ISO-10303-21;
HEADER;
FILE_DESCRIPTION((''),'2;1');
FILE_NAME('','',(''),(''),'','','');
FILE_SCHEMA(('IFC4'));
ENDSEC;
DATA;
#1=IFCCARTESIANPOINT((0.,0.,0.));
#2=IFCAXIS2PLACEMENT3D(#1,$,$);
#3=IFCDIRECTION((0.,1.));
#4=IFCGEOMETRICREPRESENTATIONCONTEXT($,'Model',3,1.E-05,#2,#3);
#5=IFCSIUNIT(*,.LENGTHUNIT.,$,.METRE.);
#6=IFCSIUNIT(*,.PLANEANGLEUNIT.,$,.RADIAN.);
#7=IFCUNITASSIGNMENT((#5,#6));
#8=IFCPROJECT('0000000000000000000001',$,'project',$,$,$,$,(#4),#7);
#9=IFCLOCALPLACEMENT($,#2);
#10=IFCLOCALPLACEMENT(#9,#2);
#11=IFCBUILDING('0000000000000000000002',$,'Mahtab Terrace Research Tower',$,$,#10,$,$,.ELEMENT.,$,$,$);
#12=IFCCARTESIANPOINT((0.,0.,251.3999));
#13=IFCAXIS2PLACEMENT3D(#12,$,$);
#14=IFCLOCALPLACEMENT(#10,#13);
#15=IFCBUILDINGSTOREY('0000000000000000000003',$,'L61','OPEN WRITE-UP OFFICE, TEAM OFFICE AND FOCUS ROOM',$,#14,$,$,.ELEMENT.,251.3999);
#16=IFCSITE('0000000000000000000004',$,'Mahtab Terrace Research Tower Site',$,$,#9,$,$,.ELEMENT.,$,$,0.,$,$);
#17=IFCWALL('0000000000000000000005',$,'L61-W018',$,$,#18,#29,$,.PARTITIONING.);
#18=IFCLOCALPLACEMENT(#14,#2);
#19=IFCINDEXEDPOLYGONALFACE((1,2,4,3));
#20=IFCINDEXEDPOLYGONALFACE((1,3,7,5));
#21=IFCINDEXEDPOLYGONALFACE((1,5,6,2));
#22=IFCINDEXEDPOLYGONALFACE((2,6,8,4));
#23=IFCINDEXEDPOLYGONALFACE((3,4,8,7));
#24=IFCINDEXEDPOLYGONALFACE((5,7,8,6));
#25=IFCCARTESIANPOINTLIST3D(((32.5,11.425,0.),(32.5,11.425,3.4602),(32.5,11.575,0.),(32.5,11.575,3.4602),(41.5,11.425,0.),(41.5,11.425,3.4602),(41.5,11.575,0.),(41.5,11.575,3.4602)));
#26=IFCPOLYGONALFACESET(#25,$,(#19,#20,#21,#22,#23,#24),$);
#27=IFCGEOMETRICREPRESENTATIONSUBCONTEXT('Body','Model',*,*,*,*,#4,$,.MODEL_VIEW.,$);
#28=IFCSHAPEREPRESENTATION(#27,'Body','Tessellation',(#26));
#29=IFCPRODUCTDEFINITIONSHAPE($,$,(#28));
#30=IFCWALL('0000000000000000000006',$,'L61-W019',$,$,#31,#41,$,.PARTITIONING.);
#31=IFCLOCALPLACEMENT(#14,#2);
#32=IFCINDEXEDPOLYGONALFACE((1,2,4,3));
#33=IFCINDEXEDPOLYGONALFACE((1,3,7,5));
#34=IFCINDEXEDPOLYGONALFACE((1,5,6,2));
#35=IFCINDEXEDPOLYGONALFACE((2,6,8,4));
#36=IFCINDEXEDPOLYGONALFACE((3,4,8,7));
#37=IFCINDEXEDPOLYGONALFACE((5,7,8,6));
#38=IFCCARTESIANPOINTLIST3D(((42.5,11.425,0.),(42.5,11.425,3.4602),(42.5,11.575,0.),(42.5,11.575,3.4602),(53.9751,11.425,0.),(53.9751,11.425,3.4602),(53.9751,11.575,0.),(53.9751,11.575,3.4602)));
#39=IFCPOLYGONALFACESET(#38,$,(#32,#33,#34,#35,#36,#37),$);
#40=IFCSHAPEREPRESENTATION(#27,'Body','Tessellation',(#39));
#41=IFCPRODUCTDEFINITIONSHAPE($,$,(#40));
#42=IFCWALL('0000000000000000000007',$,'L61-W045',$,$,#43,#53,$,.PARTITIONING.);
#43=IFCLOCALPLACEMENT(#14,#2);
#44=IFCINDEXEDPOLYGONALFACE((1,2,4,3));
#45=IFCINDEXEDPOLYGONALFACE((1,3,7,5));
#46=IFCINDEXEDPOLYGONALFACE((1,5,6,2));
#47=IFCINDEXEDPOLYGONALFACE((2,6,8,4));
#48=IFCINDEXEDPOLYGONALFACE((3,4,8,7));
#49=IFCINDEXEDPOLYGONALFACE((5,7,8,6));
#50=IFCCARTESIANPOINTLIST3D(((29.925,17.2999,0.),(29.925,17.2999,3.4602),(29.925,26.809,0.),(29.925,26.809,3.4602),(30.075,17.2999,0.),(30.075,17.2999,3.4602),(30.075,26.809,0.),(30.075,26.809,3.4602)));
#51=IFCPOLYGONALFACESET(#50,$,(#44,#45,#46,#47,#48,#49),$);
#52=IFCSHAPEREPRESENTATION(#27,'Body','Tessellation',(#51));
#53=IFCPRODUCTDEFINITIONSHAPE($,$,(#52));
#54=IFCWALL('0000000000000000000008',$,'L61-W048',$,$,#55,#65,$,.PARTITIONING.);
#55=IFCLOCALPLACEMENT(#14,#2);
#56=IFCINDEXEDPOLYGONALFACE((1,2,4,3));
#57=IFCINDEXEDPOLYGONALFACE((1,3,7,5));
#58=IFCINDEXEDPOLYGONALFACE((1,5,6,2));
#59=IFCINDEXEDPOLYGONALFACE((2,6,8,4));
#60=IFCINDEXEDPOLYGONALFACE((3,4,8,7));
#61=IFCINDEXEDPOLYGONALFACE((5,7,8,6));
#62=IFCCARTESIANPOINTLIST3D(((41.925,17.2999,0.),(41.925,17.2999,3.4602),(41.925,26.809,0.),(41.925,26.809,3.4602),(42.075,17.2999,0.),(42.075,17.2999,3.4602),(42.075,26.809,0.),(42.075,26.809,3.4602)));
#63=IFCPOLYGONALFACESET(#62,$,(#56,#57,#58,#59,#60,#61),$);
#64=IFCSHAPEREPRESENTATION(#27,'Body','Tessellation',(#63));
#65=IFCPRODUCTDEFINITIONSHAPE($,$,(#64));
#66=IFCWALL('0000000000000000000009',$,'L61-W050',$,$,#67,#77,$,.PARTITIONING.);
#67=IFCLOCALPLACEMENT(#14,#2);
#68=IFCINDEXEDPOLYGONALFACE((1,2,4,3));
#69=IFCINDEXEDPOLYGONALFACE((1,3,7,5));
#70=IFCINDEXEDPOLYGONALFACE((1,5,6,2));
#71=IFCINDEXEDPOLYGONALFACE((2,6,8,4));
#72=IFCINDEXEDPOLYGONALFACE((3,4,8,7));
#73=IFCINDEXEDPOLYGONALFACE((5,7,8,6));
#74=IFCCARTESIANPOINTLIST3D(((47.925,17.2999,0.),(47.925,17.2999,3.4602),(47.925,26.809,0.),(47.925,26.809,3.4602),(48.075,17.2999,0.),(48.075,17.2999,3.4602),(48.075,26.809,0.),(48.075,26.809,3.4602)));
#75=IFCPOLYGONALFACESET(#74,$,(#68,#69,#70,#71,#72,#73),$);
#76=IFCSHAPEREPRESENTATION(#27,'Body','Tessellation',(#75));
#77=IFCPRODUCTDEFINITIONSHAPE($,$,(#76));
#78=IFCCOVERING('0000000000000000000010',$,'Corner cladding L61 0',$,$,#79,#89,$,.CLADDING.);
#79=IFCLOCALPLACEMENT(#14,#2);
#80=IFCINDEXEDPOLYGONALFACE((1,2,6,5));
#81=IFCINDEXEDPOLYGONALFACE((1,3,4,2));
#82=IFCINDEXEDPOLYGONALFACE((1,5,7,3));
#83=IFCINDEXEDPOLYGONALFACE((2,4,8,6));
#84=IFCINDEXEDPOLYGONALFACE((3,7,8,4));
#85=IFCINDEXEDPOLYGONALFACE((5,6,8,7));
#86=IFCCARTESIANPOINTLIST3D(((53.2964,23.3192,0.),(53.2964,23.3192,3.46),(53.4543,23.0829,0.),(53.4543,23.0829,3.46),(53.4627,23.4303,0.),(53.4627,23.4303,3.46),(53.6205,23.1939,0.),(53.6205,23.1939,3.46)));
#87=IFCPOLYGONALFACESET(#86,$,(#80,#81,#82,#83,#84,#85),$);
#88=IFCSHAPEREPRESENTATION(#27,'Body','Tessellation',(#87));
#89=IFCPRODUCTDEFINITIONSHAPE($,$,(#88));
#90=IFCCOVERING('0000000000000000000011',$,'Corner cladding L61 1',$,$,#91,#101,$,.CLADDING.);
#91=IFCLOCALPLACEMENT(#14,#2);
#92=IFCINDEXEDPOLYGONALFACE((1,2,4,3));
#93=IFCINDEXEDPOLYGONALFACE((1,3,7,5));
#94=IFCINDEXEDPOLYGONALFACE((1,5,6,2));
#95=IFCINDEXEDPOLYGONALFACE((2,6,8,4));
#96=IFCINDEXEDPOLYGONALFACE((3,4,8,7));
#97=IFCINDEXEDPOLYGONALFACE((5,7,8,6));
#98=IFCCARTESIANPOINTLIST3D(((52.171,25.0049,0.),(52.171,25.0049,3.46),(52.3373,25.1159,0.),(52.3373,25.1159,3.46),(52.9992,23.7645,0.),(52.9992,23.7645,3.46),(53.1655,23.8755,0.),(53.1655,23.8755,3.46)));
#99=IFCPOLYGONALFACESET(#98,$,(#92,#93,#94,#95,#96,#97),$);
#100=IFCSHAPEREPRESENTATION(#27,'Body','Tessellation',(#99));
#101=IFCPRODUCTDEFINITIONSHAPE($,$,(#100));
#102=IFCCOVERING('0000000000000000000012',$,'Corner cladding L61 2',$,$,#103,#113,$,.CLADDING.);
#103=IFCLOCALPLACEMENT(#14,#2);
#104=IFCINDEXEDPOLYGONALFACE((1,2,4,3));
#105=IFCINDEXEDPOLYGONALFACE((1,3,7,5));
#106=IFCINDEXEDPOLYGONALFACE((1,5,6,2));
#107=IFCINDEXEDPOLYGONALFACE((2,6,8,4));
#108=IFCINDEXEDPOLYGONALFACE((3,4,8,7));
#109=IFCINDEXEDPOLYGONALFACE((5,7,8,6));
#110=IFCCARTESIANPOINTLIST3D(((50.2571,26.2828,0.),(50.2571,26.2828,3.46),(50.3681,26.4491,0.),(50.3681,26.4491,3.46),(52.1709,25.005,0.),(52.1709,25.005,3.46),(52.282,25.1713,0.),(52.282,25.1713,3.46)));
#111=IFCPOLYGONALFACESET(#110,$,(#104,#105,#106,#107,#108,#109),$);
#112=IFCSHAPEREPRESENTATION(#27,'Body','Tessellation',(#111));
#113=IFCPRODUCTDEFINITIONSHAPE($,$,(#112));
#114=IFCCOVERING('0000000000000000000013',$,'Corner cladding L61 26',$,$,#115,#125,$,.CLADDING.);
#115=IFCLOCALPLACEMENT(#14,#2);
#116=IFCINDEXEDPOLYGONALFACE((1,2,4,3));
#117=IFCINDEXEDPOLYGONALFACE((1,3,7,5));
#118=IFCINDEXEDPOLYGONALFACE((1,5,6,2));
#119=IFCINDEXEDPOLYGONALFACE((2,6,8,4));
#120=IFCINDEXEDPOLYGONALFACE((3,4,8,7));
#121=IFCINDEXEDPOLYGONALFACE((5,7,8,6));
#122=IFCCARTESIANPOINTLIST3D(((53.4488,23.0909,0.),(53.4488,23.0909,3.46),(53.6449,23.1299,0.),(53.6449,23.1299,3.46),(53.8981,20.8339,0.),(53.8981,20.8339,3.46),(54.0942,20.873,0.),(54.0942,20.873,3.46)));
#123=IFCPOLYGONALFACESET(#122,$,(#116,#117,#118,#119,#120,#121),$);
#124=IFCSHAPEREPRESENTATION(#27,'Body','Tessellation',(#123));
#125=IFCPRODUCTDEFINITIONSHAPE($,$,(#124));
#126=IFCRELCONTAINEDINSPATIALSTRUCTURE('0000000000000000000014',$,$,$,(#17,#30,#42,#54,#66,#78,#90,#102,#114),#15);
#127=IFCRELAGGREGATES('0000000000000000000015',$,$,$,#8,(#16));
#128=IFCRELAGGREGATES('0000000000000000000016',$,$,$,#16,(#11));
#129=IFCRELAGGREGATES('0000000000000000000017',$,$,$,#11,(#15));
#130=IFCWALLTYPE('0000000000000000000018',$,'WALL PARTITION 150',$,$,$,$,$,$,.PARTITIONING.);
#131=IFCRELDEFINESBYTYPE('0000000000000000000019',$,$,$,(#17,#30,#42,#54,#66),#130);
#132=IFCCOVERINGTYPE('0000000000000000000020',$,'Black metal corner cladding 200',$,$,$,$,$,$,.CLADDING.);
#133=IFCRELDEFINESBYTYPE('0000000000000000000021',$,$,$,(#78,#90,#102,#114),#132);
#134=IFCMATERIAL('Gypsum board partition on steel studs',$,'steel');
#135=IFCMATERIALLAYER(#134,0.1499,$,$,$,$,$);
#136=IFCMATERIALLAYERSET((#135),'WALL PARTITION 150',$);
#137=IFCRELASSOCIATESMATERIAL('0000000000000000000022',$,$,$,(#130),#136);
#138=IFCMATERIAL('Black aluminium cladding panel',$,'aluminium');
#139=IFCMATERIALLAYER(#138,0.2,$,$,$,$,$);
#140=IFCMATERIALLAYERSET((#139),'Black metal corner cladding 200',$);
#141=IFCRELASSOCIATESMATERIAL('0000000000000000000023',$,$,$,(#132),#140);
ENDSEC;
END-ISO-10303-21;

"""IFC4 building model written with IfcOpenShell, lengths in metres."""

from ifc_helpers import new_model, si_unit, direction, frame, frame_2d, origin, origin_2d, place, context, subcontext, project, spatial, rectangle, extrude, material, layer, layer_set, type_object, element, save


model = new_model("IFC4")

# Units and contexts
model_context = context("Model", 3, precision=1e-05, world=origin(), true_north=direction((0.0, 1.0)))
body_context = subcontext(model_context, "Body", "Model", "MODEL_VIEW")
ifc_project = project(units=[si_unit("LENGTHUNIT", "METRE"), si_unit("PLANEANGLEUNIT", "RADIAN")], contexts=[model_context])

# Site, building, storey
site_placement = place(None, origin())
site = spatial("IfcSite", under=ifc_project, at=site_placement, Name="Mahtab Terrace Research Tower Site", CompositionType="ELEMENT", RefElevation=0.0)
building_placement = place(site_placement, origin())
building = spatial("IfcBuilding", under=site, at=building_placement, Name="Mahtab Terrace Research Tower", CompositionType="ELEMENT")
storey_placement = place(building_placement, frame((0.0, 0.0, 251.3999)))
storey = spatial("IfcBuildingStorey", under=building, at=storey_placement, Name="L61", Description="OPEN WRITE-UP OFFICE, TEAM OFFICE AND FOCUS ROOM", CompositionType="ELEMENT", Elevation=251.3999)

# Walls
ifc_material_1 = material(Name="Gypsum board partition on steel studs", Category="steel")
ifc_layer_1 = layer(ifc_material_1, 0.1499)
ifc_layer_set_1 = layer_set([ifc_layer_1], Name="WALL PARTITION 150")
wall_type_1 = type_object("IfcWallType", Name="WALL PARTITION 150", PredefinedType="PARTITIONING", material=ifc_layer_set_1)
wall_1_placement = place(storey_placement, frame((32.5, 11.5, 0.0), z_axis=(0.0, 0.0, 1.0), x_axis=(1.0, 0.0, 0.0)))
element("IfcWall", 1, at=wall_1_placement, inside=storey, type_object=wall_type_1, Name="L61-W018", PredefinedType="PARTITIONING", context=body_context, shape_type="SweptSolid", body=[
    extrude(rectangle(XDim=9.0, YDim=0.1499, at=frame_2d((4.5, 0.0))), origin(), (0.0, 0.0, 1.0), 3.4602),
])
wall_2_placement = place(storey_placement, frame((42.5, 11.5, 0.0), z_axis=(0.0, 0.0, 1.0), x_axis=(1.0, 0.0, 0.0)))
element("IfcWall", 2, at=wall_2_placement, inside=storey, type_object=wall_type_1, Name="L61-W019", PredefinedType="PARTITIONING", context=body_context, shape_type="SweptSolid", body=[
    extrude(rectangle(XDim=11.4751, YDim=0.1499, at=frame_2d((5.7375, 0.0))), origin(), (0.0, 0.0, 1.0), 3.4602),
])
for number, where, z_axis, x_axis, name in (
    (3, (30.0, 17.3, 0.0), (0.0, 0.0, 1.0), (0.0, 1.0, 0.0), "L61-W045"),
    (4, (42.0, 17.3, 0.0), (0.0, 0.0, 1.0), (0.0, 1.0, 0.0), "L61-W048"),
    (5, (48.0, 17.3, 0.0), (0.0, 0.0, 1.0), (0.0, 1.0, 0.0), "L61-W050"),
):
    element("IfcWall", number, at=place(storey_placement, frame(where, z_axis=z_axis, x_axis=x_axis)), inside=storey, type_object=wall_type_1, Name=name, PredefinedType="PARTITIONING", context=body_context, shape_type="SweptSolid", body=[
        extrude(rectangle(XDim=9.509, YDim=0.1499, at=frame_2d((4.7544, 0.0))), origin(), (0.0, 0.0, 1.0), 3.4602),
    ])

# Coverings
ifc_material_2 = material(Name="Black aluminium cladding panel", Category="aluminium")
ifc_layer_2 = layer(ifc_material_2, 0.2)
ifc_layer_set_2 = layer_set([ifc_layer_2], Name="Black metal corner cladding 200")
covering_type = type_object("IfcCoveringType", Name="Black metal corner cladding 200", PredefinedType="CLADDING", material=ifc_layer_set_2)
covering_1_placement = place(storey_placement, frame((53.4585, 23.2566, 0.0), z_axis=(0.0, 0.0, 1.0), x_axis=(-0.555291, 0.831656, 0.0)))
element("IfcCovering", 6, at=covering_1_placement, inside=storey, type_object=covering_type, Name="Corner cladding L61 0", PredefinedType="CLADDING", context=body_context, shape_type="SweptSolid", body=[
    extrude(rectangle(XDim=0.2842, YDim=0.2, at=origin_2d()), origin(), (0.0, 0.0, 1.0), 3.46),
])
covering_2_placement = place(storey_placement, frame((52.6682, 24.4402, 0.0), z_axis=(0.0, 0.0, 1.0), x_axis=(-0.555291, 0.831656, 0.0)))
element("IfcCovering", 7, at=covering_2_placement, inside=storey, type_object=covering_type, Name="Corner cladding L61 1", PredefinedType="CLADDING", context=body_context, shape_type="SweptSolid", body=[
    extrude(rectangle(XDim=1.4915, YDim=0.2, at=origin_2d()), origin(), (0.0, 0.0, 1.0), 3.46),
])
for number, where, z_axis, x_axis, name in (
    (8, (51.2695, 25.7271, 0.0), (0.0, 0.0, 1.0), (-0.831656, 0.555291, 0.0), "Corner cladding L61 2"),
    (9, (53.7715, 21.9819, 0.0), (0.0, 0.0, 1.0), (-0.195212, 0.980761, 0.0), "Corner cladding L61 26"),
):
    element("IfcCovering", number, at=place(storey_placement, frame(where, z_axis=z_axis, x_axis=x_axis)), inside=storey, type_object=covering_type, Name=name, PredefinedType="CLADDING", context=body_context, shape_type="SweptSolid", body=[
        extrude(rectangle(XDim=2.3013, YDim=0.2, at=origin_2d()), origin(), (0.0, 0.0, 1.0), 3.46),
    ])

save(model, "model.ifc")
